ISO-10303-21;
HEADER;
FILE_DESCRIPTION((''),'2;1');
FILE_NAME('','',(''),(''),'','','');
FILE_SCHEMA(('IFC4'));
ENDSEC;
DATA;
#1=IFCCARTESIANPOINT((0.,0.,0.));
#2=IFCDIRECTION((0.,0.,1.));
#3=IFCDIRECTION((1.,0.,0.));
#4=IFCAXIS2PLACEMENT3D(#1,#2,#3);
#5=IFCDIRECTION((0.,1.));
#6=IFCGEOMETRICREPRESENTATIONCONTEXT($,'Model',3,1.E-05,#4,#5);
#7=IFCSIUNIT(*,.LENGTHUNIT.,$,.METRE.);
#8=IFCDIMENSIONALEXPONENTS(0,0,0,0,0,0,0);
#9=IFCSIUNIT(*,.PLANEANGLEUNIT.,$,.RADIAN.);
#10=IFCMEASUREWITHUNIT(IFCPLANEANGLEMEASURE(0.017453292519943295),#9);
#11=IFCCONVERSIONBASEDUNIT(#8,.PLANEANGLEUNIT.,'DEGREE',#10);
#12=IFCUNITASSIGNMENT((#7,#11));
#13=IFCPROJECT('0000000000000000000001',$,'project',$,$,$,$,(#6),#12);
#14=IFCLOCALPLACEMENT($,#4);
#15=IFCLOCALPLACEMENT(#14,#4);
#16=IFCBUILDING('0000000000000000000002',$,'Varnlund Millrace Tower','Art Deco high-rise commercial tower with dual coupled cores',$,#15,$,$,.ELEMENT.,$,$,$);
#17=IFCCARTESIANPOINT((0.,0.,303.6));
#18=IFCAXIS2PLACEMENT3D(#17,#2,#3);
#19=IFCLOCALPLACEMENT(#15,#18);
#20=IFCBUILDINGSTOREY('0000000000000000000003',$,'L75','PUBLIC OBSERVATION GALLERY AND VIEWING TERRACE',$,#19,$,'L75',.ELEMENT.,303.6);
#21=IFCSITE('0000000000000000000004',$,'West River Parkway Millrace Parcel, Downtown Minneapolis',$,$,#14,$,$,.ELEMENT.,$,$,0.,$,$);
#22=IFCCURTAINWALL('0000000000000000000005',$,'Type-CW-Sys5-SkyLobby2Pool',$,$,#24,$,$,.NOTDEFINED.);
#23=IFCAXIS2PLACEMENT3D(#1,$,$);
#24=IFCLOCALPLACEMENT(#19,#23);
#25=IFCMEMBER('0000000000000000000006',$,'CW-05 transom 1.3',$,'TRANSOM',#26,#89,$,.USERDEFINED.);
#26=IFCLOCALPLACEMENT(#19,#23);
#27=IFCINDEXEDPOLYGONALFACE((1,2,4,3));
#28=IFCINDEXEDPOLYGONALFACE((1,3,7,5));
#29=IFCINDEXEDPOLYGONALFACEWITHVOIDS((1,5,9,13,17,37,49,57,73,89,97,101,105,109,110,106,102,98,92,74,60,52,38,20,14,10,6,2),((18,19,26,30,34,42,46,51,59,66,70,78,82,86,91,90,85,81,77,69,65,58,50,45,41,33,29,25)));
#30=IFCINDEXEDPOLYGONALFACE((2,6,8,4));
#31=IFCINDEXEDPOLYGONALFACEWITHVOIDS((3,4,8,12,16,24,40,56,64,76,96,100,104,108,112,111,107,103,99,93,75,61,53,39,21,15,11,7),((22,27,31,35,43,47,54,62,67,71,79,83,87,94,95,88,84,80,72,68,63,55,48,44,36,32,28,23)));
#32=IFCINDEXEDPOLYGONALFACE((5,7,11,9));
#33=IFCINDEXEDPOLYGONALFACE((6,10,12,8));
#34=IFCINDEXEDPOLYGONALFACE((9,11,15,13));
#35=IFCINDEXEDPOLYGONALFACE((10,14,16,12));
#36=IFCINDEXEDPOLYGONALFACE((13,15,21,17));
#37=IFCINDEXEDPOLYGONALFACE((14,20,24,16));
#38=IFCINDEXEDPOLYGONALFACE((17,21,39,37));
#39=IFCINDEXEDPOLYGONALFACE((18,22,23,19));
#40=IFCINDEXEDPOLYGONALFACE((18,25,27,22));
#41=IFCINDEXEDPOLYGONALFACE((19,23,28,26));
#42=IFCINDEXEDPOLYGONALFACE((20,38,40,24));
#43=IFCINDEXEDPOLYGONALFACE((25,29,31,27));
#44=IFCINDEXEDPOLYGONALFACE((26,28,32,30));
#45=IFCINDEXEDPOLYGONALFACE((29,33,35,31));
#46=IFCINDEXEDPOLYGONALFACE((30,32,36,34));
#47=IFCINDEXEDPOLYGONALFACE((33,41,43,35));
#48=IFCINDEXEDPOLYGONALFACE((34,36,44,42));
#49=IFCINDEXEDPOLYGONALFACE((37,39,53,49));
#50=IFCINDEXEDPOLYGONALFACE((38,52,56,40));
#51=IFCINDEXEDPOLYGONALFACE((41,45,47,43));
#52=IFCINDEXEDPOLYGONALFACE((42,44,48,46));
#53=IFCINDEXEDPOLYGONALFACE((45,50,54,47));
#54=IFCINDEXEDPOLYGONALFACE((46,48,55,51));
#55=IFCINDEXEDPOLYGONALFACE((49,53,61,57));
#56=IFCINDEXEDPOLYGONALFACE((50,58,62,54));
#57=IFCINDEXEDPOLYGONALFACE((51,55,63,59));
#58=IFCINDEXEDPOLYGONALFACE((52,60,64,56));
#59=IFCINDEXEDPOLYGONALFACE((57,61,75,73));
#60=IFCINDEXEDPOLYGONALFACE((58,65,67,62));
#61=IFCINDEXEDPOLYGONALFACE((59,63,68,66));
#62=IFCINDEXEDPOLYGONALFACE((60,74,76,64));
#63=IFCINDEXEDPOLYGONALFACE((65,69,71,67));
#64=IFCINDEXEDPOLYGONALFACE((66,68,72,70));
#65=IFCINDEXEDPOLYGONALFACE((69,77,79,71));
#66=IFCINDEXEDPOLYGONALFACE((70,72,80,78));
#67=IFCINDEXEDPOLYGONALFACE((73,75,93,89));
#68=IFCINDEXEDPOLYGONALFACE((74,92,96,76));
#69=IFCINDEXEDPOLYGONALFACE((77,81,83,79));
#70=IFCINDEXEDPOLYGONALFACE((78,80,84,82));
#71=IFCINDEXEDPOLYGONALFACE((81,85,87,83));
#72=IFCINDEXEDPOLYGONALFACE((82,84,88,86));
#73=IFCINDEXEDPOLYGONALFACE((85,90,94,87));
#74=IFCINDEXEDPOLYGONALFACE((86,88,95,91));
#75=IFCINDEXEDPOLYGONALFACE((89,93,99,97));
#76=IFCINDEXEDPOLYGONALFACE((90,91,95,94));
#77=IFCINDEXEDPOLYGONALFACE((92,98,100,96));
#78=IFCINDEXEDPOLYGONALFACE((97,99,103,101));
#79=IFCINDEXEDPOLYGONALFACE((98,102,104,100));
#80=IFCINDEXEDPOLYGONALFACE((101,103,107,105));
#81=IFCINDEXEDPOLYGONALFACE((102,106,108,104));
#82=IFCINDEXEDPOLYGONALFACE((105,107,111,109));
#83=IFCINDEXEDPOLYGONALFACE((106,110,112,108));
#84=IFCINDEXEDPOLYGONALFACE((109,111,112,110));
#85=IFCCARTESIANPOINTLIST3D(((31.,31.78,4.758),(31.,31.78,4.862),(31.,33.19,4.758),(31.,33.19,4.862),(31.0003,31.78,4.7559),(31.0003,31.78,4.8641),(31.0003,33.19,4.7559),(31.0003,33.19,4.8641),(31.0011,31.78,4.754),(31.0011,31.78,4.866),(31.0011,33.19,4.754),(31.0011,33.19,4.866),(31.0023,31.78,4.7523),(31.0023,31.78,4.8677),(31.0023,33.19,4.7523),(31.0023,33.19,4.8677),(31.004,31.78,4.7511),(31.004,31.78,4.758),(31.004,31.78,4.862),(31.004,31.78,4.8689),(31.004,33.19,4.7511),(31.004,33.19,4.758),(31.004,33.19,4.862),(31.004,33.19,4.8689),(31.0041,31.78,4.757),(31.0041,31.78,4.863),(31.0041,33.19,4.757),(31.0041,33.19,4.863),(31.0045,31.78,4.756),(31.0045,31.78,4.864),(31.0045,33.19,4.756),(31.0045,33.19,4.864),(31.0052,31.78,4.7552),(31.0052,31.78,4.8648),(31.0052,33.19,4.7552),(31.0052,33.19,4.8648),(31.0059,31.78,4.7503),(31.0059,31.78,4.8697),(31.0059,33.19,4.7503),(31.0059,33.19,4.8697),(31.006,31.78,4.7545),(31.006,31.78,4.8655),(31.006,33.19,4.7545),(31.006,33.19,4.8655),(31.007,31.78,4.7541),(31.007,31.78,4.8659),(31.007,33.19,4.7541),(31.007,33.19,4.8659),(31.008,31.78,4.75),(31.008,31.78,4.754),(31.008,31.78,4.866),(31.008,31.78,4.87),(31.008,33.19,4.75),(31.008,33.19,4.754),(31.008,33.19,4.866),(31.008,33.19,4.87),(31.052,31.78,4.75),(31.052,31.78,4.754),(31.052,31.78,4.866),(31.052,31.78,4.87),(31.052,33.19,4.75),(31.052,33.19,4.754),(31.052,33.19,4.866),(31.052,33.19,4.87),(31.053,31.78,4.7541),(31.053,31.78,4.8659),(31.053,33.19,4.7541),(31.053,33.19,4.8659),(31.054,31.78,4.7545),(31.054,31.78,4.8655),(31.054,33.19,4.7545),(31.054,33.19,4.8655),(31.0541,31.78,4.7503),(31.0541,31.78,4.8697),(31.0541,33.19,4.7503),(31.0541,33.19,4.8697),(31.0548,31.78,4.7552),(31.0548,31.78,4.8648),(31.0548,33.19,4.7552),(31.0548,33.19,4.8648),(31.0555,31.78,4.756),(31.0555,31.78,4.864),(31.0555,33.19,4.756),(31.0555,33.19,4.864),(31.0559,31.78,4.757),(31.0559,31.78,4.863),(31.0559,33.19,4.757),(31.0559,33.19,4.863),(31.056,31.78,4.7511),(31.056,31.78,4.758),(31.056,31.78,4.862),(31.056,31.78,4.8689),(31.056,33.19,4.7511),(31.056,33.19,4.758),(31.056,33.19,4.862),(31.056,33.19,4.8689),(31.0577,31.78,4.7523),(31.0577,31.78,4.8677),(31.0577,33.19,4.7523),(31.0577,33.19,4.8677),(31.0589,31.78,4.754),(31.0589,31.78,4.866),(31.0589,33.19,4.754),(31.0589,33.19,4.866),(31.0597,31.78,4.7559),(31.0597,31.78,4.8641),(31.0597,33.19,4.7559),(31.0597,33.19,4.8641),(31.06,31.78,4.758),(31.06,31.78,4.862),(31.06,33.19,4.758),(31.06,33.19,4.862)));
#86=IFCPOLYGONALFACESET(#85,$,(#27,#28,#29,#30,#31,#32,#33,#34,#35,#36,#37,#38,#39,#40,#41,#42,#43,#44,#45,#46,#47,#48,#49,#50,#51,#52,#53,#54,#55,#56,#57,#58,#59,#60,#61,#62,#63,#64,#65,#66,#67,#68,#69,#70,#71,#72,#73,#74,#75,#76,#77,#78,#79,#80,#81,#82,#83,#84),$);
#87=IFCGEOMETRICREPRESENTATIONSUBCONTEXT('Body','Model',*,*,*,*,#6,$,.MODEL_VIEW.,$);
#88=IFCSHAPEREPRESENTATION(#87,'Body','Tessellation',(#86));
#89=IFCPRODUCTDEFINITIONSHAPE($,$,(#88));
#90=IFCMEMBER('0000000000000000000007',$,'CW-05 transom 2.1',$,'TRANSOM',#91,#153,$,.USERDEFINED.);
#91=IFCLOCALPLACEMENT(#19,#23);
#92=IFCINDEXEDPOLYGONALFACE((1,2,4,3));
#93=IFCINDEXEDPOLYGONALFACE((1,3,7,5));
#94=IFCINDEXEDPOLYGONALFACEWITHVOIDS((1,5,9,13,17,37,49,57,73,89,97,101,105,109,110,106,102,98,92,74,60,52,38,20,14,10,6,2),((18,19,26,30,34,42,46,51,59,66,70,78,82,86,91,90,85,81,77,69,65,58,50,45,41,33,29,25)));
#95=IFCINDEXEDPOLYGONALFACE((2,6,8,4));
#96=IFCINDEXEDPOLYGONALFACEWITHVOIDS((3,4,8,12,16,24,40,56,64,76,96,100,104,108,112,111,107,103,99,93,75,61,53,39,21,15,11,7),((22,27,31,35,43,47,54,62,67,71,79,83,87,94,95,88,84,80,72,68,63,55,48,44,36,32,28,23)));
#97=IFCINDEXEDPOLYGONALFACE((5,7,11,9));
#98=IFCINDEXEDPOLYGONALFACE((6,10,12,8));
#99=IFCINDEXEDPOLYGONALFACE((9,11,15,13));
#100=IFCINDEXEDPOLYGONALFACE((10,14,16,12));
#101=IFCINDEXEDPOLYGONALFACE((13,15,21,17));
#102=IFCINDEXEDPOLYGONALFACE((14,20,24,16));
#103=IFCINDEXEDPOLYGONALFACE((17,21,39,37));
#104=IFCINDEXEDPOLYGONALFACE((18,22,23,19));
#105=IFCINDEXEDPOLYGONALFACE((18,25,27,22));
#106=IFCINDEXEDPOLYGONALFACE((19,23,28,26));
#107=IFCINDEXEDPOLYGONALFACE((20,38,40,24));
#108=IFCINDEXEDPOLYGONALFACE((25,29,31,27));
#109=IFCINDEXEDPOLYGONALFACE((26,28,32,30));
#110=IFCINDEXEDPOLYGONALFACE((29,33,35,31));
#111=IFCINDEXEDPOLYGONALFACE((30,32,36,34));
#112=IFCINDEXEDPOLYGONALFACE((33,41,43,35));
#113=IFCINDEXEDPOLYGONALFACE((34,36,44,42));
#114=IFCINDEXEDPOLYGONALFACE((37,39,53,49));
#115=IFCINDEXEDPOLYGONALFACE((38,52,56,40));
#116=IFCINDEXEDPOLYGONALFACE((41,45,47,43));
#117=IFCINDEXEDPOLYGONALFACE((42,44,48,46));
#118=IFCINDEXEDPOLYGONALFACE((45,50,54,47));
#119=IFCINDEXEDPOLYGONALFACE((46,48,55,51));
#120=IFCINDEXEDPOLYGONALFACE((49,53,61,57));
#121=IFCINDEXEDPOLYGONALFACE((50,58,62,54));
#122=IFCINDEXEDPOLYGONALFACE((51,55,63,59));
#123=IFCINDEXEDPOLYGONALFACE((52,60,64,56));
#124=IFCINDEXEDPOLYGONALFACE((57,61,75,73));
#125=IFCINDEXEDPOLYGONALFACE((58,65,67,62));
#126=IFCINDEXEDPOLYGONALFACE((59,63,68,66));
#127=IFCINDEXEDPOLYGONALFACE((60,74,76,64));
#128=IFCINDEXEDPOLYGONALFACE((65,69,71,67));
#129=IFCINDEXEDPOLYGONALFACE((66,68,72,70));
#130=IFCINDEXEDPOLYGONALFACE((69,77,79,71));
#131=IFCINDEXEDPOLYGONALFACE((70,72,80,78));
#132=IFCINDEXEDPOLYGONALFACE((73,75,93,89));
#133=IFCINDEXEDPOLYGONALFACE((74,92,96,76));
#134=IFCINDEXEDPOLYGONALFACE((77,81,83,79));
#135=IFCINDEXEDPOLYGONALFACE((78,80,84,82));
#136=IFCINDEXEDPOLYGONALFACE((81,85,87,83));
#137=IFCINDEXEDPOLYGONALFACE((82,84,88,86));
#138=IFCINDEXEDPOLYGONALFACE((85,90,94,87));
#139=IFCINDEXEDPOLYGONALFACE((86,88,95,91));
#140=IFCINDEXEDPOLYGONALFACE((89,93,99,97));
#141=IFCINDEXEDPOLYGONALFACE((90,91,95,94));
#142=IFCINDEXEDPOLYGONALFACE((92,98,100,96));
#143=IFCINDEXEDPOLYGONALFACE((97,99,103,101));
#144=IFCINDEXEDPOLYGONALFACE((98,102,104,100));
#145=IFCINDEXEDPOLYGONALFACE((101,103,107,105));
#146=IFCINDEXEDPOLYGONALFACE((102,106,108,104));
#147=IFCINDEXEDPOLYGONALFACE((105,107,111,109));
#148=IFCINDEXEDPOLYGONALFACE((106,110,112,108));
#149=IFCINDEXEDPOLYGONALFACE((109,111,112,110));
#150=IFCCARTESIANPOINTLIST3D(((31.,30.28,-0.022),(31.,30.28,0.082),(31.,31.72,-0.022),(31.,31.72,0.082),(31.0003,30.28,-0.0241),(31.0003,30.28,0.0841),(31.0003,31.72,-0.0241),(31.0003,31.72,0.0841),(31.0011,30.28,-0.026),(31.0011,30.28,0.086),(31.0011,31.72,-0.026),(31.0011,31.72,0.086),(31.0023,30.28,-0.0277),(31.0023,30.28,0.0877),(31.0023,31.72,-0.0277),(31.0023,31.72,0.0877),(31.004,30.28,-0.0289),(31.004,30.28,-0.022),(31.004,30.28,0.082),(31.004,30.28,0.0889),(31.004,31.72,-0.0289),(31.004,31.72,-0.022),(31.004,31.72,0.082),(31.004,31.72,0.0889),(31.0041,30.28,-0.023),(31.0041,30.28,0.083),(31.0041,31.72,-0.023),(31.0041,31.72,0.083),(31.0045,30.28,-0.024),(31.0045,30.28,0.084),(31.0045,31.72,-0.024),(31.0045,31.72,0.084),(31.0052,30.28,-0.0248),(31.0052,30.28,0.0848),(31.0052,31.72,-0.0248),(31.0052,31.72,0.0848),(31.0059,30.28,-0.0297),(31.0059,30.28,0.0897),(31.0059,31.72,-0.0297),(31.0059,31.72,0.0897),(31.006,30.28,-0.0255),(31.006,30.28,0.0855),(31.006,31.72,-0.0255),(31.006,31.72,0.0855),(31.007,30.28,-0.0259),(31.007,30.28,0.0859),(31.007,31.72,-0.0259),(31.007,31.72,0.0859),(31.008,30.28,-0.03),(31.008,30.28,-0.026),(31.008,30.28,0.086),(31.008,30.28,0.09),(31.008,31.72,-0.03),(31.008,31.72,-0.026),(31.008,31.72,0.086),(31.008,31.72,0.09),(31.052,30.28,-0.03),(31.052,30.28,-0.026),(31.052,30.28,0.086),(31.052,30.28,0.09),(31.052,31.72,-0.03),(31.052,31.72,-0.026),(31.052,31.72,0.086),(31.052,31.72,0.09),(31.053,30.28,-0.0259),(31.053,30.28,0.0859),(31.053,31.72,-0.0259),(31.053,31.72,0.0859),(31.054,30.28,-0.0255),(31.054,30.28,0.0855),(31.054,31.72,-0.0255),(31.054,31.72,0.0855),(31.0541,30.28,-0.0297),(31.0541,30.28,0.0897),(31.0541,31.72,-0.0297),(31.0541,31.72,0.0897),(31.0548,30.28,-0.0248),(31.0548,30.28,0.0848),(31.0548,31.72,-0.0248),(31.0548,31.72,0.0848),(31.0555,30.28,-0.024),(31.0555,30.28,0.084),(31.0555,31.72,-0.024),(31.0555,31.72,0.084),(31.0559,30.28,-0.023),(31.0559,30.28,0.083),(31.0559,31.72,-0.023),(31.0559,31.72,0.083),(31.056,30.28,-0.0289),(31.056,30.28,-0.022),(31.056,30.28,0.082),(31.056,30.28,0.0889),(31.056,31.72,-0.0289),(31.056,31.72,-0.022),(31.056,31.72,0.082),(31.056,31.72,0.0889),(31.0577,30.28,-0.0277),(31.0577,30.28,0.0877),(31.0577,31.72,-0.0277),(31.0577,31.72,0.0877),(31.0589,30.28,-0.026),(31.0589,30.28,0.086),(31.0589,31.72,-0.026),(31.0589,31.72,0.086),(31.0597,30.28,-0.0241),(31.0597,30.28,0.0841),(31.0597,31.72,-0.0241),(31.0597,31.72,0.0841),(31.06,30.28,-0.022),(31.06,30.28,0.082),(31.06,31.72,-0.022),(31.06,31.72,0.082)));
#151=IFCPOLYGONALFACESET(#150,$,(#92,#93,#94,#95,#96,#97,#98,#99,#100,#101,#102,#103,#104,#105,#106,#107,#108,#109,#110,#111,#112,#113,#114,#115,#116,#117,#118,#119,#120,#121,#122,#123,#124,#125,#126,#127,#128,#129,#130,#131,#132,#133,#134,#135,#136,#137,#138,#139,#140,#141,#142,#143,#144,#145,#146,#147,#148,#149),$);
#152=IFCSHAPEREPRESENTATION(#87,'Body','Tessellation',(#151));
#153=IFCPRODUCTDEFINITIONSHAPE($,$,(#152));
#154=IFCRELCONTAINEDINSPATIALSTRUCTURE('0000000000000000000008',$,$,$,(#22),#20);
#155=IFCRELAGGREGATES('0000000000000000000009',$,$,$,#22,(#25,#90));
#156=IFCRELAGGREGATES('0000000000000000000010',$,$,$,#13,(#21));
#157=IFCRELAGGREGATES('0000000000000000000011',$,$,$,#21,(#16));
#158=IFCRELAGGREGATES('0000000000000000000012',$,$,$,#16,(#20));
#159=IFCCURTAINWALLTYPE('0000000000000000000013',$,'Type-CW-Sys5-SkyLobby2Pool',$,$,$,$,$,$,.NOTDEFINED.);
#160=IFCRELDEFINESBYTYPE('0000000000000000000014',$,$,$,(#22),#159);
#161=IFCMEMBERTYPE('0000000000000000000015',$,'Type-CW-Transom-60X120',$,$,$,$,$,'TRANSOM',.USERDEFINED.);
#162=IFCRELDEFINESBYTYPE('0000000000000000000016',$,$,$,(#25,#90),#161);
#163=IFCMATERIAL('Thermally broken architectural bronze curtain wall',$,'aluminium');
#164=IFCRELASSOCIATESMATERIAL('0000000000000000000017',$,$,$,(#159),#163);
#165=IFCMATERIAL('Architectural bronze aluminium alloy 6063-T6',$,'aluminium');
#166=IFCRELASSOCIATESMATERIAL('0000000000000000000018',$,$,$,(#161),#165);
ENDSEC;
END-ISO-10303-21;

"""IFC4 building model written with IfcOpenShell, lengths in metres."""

from ifc_helpers import new_model, entity, si_unit, converted_unit, direction, frame, origin_with_axes, origin_2d_with_axis, place, context, subcontext, project, spatial, hollow_rectangle, extrude, material, material_profile, profile_set, type_object, element, aggregate, save


model = new_model("IFC4")

# Units and contexts
model_context = context("Model", 3, precision=1e-05, world=origin_with_axes(), true_north=direction((0.0, 1.0)))
body_context = subcontext(model_context, "Body", "Model", "MODEL_VIEW")
ifc_project = project(units=[si_unit("LENGTHUNIT", "METRE"), converted_unit("PLANEANGLEUNIT", "DEGREE", entity("IfcPlaneAngleMeasure", 0.017453292519943295), si_unit("PLANEANGLEUNIT", "RADIAN"), dimensions=[0, 0, 0, 0, 0, 0, 0])], contexts=[model_context])

# Site, building, storey
site_placement = place(None, origin_with_axes())
site = spatial("IfcSite", under=ifc_project, at=site_placement, Name="West River Parkway Millrace Parcel, Downtown Minneapolis", CompositionType="ELEMENT", RefElevation=0.0)
building_placement = place(site_placement, origin_with_axes())
building = spatial("IfcBuilding", under=site, at=building_placement, Name="Varnlund Millrace Tower", Description="Art Deco high-rise commercial tower with dual coupled cores", CompositionType="ELEMENT")
storey_placement = place(building_placement, frame((0.0, 0.0, 303.6), z_axis=(0.0, 0.0, 1.0), x_axis=(1.0, 0.0, 0.0)))
storey = spatial("IfcBuildingStorey", under=building, at=storey_placement, Name="L75", Description="PUBLIC OBSERVATION GALLERY AND VIEWING TERRACE", LongName="L75", CompositionType="ELEMENT", Elevation=303.6)

# Curtain wall, members
ifc_material_1 = material(Name="Thermally broken architectural bronze curtain wall", Category="aluminium")
curtain_wall_type = type_object("IfcCurtainWallType", Name="Type-CW-Sys5-SkyLobby2Pool", PredefinedType="NOTDEFINED", material=ifc_material_1)
curtain_wall_1_placement = place(storey_placement, frame((31.03, 33.25, 0.0), z_axis=(0.0, 0.0, 1.0), x_axis=(1.0, 0.0, 0.0)))
curtain_wall_1 = element("IfcCurtainWall", 1, at=curtain_wall_1_placement, inside=storey, type_object=curtain_wall_type, Name="Type-CW-Sys5-SkyLobby2Pool", PredefinedType="NOTDEFINED")
ifc_material_2 = material(Name="Architectural bronze aluminium alloy 6063-T6", Category="aluminium")
ifc_material_profile_1 = material_profile(ifc_material_2, hollow_rectangle(XDim=0.06, YDim=0.12, WallThickness=0.004, InnerFilletRadius=0.004, OuterFilletRadius=0.008, at=origin_2d_with_axis()), Name="Architectural bronze aluminium alloy 6063-T6")
ifc_profile_set_1 = profile_set([ifc_material_profile_1], Name="Architectural bronze aluminium alloy 6063-T6")
member_type = type_object("IfcMemberType", Name="Type-CW-Transom-60X120", ElementType="TRANSOM", PredefinedType="USERDEFINED", material=ifc_profile_set_1)
member_1_placement = place(storey_placement, frame((31.03, 33.19, 4.81), z_axis=(0.0, -1.0, 0.0), x_axis=(1.0, 0.0, 0.0)))
member_1 = element("IfcMember", 2, at=member_1_placement, type_object=member_type, Name="CW-05 transom 1.3", ObjectType="TRANSOM", PredefinedType="USERDEFINED", context=body_context, shape_type="SweptSolid", body=[
    extrude(hollow_rectangle(XDim=0.06, YDim=0.12, WallThickness=0.004, InnerFilletRadius=0.004, OuterFilletRadius=0.008, at=origin_2d_with_axis()), origin_with_axes(), (0.0, 0.0, 1.0), 1.41),
])
member_2_placement = place(storey_placement, frame((31.03, 31.72, 0.03), z_axis=(0.0, -1.0, 0.0), x_axis=(1.0, 0.0, 0.0)))
member_2 = element("IfcMember", 3, at=member_2_placement, type_object=member_type, Name="CW-05 transom 2.1", ObjectType="TRANSOM", PredefinedType="USERDEFINED", context=body_context, shape_type="SweptSolid", body=[
    extrude(hollow_rectangle(XDim=0.06, YDim=0.12, WallThickness=0.004, InnerFilletRadius=0.004, OuterFilletRadius=0.008, at=origin_2d_with_axis()), origin_with_axes(), (0.0, 0.0, 1.0), 1.44),
])

aggregate(curtain_wall_1, [member_1, member_2])

save(model, "model.ifc")
